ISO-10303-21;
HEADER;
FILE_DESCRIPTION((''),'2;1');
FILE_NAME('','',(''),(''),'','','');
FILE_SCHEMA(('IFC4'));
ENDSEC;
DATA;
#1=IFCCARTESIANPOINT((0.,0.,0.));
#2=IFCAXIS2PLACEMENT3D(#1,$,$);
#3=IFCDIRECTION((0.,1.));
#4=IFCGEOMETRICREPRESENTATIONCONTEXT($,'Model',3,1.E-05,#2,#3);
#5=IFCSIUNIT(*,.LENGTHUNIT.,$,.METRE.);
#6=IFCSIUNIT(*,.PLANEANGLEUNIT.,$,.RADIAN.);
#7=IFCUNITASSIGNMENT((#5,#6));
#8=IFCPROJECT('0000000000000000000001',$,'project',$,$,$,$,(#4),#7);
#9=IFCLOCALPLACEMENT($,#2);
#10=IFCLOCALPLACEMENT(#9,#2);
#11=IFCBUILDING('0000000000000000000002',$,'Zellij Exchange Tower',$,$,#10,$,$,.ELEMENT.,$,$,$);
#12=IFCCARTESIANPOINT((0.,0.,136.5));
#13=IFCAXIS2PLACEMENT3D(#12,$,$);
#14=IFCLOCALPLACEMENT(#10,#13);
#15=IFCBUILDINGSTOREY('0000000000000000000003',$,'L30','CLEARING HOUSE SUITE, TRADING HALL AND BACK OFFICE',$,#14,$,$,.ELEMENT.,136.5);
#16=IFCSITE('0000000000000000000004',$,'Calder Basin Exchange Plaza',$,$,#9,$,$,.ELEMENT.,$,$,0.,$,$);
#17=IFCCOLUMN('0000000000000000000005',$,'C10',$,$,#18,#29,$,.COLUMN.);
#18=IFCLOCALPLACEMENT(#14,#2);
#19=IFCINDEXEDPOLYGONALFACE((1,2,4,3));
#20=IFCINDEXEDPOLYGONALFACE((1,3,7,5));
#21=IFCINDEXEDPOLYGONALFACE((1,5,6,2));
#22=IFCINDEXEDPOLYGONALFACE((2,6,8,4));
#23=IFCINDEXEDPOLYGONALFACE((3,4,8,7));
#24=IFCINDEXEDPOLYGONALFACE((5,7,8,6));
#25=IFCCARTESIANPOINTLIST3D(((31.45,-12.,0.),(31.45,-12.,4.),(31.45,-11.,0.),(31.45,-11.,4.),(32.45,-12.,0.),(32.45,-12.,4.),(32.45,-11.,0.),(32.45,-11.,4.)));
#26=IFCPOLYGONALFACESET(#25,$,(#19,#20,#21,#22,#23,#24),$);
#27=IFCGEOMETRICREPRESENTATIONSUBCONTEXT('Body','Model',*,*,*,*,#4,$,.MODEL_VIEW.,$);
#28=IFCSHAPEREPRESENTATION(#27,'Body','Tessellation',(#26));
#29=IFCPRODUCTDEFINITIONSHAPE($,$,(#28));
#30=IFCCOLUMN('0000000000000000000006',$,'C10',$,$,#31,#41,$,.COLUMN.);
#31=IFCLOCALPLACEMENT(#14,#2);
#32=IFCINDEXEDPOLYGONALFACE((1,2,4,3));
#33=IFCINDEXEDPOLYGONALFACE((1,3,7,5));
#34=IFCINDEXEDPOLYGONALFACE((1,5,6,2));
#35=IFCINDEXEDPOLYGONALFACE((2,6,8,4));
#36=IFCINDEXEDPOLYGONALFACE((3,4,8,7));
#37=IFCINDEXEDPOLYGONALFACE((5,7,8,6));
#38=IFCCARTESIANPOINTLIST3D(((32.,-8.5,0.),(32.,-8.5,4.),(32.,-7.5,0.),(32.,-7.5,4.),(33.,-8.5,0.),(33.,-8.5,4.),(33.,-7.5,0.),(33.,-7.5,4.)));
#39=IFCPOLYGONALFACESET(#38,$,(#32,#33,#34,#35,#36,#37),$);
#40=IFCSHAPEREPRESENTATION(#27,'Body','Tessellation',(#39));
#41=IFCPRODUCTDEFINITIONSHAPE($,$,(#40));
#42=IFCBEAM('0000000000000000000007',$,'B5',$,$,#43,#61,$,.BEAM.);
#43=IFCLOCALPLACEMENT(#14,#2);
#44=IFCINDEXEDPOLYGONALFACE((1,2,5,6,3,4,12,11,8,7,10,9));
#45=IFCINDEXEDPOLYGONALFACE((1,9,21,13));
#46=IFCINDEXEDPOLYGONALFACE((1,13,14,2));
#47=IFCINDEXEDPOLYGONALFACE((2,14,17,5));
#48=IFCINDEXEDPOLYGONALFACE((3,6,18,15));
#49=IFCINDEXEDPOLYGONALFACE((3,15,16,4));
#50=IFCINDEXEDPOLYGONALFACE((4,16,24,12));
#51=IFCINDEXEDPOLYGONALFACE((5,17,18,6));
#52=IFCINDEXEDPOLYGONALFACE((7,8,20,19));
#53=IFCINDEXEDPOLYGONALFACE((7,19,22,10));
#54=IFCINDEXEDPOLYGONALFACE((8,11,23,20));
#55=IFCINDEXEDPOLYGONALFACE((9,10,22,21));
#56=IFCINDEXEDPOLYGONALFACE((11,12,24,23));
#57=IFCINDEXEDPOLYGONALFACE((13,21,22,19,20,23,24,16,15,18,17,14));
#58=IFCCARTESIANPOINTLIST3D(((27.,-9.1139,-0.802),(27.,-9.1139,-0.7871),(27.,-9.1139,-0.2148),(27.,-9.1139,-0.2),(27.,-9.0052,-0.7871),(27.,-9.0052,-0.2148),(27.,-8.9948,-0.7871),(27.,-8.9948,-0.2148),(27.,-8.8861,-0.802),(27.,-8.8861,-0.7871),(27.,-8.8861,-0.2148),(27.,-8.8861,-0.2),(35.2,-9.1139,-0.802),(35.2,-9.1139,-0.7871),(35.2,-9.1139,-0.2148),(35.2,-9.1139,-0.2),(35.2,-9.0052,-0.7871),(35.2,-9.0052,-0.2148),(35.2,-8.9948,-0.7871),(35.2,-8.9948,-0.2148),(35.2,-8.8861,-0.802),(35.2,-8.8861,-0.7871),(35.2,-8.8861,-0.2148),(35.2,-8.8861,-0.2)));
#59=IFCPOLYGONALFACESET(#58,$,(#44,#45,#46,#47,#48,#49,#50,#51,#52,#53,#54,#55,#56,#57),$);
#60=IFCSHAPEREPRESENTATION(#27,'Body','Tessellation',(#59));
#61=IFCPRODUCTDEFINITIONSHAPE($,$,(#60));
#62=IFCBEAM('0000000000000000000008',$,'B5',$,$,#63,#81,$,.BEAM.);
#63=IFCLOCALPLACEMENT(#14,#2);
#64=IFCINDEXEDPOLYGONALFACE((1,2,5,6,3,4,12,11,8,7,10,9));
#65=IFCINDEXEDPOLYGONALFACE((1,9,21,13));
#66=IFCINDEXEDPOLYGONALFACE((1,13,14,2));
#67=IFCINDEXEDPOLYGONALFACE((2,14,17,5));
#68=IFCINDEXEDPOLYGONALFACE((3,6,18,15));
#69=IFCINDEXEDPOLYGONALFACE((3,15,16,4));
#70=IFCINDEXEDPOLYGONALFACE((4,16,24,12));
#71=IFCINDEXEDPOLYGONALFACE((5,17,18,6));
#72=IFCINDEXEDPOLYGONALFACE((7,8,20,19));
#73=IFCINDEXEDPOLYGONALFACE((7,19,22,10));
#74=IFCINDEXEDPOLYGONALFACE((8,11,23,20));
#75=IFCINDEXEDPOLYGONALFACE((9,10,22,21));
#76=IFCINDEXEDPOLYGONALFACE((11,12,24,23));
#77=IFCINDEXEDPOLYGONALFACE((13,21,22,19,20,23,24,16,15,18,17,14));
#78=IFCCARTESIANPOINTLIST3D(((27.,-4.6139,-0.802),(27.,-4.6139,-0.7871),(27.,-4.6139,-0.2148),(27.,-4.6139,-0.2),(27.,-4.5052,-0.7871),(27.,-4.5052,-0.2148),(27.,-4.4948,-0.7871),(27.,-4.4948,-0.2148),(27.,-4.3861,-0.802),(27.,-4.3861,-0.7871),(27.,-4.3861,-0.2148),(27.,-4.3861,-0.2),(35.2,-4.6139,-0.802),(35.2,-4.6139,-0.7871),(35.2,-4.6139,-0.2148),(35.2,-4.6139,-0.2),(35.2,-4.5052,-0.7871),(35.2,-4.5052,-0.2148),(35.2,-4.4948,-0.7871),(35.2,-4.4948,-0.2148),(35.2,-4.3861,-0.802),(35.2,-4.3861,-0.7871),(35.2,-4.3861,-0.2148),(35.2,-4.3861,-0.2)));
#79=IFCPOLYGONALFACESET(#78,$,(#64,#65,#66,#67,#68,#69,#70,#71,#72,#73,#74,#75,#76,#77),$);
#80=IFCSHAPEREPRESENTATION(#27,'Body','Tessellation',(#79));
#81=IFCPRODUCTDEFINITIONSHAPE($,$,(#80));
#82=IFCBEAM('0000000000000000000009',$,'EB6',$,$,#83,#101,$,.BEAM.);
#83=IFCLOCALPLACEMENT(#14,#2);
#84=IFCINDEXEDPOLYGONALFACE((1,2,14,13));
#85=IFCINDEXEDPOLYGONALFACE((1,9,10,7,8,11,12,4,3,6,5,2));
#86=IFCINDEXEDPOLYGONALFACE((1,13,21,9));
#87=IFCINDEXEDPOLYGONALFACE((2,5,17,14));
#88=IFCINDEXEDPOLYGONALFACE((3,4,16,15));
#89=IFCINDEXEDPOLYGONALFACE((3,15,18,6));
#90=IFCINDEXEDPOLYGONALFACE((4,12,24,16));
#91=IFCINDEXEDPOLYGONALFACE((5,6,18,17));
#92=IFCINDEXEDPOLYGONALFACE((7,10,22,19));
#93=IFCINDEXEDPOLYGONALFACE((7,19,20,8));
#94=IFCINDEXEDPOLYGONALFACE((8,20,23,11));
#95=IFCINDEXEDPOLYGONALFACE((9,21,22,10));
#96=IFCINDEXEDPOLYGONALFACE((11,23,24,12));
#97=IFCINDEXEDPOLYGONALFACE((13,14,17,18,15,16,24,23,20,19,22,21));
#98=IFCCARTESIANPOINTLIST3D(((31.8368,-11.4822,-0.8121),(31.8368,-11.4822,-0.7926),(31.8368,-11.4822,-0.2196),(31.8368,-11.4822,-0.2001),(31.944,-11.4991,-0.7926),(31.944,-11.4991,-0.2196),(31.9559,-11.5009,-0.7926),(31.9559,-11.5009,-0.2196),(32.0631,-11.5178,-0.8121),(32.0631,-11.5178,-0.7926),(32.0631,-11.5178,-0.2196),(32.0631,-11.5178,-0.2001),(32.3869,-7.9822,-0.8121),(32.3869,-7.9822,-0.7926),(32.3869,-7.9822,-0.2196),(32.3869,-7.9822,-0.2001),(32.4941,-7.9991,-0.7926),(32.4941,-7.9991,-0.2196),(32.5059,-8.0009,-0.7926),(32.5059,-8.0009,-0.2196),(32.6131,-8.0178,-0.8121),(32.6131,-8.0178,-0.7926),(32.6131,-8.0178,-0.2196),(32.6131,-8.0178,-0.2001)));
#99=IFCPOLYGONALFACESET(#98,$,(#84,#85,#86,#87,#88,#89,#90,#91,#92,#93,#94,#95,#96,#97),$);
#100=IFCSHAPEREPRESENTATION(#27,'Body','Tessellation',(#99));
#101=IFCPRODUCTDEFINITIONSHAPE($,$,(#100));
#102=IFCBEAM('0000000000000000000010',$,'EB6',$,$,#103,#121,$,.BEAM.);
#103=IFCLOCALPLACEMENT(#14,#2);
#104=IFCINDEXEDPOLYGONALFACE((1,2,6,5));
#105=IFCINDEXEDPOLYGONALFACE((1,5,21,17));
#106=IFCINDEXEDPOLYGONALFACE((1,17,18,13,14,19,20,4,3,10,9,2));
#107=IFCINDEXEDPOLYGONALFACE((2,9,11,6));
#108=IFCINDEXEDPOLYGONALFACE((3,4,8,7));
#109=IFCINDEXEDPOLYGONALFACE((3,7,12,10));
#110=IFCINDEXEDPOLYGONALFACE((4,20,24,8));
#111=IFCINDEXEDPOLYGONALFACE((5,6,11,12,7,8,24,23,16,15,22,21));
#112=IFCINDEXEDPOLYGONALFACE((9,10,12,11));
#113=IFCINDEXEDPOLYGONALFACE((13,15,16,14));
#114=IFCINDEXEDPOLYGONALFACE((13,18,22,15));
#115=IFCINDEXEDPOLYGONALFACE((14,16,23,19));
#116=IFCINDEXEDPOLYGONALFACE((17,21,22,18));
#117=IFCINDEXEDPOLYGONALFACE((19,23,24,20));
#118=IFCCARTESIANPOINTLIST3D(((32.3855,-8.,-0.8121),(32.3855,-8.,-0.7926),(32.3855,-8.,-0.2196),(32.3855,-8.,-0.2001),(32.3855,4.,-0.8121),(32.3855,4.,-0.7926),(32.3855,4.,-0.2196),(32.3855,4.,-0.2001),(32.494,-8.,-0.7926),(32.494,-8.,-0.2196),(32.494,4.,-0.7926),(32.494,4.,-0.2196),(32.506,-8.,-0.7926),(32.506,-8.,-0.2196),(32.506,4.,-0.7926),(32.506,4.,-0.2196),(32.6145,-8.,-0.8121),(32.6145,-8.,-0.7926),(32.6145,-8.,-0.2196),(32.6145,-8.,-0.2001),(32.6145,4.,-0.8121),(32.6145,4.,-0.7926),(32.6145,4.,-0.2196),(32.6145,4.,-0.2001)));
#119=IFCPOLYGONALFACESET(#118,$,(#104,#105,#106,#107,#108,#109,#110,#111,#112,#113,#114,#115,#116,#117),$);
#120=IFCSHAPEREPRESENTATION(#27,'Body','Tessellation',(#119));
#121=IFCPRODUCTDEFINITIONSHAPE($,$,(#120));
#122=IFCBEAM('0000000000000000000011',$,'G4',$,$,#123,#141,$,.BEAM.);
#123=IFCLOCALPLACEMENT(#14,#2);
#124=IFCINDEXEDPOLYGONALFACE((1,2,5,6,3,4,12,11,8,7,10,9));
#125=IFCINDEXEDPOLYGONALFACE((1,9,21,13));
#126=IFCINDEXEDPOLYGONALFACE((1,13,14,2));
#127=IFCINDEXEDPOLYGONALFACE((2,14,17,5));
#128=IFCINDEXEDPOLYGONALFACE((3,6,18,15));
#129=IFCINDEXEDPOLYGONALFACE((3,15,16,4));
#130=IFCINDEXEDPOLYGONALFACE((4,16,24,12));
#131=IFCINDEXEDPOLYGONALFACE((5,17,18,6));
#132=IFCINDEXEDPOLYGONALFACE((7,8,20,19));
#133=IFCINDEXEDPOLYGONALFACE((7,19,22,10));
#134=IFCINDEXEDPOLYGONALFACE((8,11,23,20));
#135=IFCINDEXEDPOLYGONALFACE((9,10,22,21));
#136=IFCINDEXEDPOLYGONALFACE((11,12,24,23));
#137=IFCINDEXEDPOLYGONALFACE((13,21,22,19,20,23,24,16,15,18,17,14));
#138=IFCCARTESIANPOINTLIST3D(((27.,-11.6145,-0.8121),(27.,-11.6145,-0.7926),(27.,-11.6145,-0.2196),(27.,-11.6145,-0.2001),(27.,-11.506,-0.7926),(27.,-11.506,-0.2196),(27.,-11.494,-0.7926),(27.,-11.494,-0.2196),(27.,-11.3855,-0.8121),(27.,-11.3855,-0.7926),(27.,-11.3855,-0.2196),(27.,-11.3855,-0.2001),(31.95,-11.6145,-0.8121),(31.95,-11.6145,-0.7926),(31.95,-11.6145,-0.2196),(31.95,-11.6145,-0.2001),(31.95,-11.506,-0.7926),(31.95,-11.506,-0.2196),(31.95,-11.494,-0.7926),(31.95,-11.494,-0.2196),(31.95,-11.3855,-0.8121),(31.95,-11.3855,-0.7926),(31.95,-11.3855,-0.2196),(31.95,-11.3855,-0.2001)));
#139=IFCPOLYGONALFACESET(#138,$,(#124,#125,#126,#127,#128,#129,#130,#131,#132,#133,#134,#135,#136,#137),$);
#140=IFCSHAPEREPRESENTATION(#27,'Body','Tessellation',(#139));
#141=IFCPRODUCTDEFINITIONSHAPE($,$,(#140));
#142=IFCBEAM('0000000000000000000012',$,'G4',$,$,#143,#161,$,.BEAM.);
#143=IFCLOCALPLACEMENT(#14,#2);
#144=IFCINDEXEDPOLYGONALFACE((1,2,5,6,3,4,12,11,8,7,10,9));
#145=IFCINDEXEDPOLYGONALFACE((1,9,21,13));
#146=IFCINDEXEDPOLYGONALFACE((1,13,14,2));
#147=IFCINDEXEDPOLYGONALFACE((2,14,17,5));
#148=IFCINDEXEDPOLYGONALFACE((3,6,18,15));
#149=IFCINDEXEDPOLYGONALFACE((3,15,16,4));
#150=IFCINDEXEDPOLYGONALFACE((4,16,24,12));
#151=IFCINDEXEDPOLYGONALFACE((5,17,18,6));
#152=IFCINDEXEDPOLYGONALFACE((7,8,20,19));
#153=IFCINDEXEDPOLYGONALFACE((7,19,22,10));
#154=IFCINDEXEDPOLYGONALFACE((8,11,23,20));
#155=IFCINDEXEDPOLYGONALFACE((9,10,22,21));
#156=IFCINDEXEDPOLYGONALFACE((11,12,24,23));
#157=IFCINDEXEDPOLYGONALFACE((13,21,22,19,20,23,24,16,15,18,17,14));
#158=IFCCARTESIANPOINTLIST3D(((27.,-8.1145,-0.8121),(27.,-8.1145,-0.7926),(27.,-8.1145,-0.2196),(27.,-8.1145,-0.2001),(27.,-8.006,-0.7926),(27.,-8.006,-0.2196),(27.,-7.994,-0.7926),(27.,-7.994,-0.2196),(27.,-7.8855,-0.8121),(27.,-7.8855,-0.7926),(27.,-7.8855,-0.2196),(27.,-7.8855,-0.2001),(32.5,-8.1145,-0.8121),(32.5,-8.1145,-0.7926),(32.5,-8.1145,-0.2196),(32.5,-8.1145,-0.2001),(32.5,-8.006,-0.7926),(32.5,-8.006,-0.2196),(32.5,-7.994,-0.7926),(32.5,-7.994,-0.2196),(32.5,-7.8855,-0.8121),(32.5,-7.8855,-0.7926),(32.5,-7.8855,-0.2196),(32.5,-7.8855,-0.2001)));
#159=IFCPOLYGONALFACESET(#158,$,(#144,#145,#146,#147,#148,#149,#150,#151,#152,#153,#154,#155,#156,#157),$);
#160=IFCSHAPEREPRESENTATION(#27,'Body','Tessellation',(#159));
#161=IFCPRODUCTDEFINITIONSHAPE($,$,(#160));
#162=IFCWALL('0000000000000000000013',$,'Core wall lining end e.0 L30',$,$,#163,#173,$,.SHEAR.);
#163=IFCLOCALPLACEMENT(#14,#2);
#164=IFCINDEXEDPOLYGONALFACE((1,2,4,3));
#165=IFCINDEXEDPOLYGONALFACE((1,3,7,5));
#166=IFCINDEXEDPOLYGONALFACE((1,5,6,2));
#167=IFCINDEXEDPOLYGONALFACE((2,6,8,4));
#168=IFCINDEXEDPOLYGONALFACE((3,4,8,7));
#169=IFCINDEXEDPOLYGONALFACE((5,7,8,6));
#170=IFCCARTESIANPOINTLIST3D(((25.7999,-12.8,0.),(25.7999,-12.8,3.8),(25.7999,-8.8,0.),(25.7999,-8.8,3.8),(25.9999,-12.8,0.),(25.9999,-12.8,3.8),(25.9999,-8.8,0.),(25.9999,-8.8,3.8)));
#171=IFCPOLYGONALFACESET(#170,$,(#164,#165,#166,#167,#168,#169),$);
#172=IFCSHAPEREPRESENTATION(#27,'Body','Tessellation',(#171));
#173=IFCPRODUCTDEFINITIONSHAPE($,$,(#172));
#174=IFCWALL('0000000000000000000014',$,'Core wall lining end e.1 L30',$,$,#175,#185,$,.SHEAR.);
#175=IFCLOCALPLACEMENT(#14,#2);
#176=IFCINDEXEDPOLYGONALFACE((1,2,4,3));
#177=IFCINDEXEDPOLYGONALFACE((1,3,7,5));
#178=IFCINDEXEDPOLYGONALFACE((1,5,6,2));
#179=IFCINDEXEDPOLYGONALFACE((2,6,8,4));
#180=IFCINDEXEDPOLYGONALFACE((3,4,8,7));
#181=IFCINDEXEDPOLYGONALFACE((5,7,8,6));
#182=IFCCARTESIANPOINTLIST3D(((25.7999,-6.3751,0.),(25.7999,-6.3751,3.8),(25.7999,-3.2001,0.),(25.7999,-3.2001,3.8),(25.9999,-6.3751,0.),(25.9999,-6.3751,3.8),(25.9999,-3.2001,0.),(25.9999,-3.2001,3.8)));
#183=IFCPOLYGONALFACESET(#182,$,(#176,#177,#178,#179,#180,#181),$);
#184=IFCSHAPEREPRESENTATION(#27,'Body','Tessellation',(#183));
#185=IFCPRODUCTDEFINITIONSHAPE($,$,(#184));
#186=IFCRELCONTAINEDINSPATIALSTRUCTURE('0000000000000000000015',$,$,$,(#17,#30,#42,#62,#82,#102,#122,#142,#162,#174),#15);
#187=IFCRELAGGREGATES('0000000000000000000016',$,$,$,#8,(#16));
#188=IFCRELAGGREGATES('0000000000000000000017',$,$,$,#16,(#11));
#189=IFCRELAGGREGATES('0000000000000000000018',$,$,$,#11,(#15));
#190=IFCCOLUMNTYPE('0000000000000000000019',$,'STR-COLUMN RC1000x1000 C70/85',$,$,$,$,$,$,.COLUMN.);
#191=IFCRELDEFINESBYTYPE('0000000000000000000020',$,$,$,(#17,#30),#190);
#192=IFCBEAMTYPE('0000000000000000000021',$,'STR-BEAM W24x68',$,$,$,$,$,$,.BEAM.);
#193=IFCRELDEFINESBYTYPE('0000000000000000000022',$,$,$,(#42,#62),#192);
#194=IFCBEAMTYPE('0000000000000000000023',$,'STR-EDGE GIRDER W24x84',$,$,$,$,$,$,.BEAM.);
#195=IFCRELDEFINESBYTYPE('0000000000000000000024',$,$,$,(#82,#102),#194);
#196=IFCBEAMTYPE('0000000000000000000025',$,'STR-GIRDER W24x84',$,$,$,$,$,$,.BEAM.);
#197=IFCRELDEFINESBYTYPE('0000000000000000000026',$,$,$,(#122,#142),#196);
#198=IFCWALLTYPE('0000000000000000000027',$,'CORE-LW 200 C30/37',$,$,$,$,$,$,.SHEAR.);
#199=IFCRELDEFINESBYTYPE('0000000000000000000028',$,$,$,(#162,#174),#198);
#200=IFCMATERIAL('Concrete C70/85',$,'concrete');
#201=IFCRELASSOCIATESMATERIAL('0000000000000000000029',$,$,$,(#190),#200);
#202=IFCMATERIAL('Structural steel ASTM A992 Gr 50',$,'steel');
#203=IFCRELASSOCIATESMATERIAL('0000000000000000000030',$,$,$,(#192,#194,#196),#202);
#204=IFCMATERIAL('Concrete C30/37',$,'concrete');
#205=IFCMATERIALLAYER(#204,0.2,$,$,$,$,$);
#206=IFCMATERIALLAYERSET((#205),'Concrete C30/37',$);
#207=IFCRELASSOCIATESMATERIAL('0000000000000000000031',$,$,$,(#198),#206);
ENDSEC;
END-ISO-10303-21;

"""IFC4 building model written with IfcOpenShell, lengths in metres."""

from ifc_helpers import new_model, si_unit, direction, frame, frame_2d, origin, origin_2d, place, context, subcontext, project, spatial, rectangle, i_section, extrude, material, layer, layer_set, material_profile, profile_set, type_object, element, save


model = new_model("IFC4")

# Units and contexts
model_context = context("Model", 3, precision=1e-05, world=origin(), true_north=direction((0.0, 1.0)))
body_context = subcontext(model_context, "Body", "Model", "MODEL_VIEW")
ifc_project = project(units=[si_unit("LENGTHUNIT", "METRE"), si_unit("PLANEANGLEUNIT", "RADIAN")], contexts=[model_context])

# Site, building, storey
site_placement = place(None, origin())
site = spatial("IfcSite", under=ifc_project, at=site_placement, Name="Calder Basin Exchange Plaza", CompositionType="ELEMENT", RefElevation=0.0)
building_placement = place(site_placement, origin())
building = spatial("IfcBuilding", under=site, at=building_placement, Name="Zellij Exchange Tower", CompositionType="ELEMENT")
storey_placement = place(building_placement, frame((0.0, 0.0, 136.5)))
storey = spatial("IfcBuildingStorey", under=building, at=storey_placement, Name="L30", Description="CLEARING HOUSE SUITE, TRADING HALL AND BACK OFFICE", CompositionType="ELEMENT", Elevation=136.5)

# Columns
ifc_material_1 = material(Name="Concrete C70/85", Category="concrete")
ifc_material_profile_1 = material_profile(ifc_material_1, rectangle(XDim=1.0, YDim=1.0, at=origin_2d()), Name="STR-COLUMN RC1000x1000 C70/85")
ifc_profile_set_1 = profile_set([ifc_material_profile_1], Name="Concrete C70/85")
column_type = type_object("IfcColumnType", Name="STR-COLUMN RC1000x1000 C70/85", PredefinedType="COLUMN", material=ifc_profile_set_1)
for number, where, z_axis, x_axis, name in (
    (1, (31.95, -11.5, 0.0), (0.0, 0.0, 1.0), (1.0, 0.0, 0.0), "C10"),
    (2, (32.5, -8.0, 0.0), (0.0, 0.0, 1.0), (1.0, 0.0, 0.0), "C10"),
):
    element("IfcColumn", number, at=place(storey_placement, frame(where, z_axis=z_axis, x_axis=x_axis)), inside=storey, type_object=column_type, Name=name, PredefinedType="COLUMN", context=body_context, shape_type="SweptSolid", body=[
        extrude(rectangle(XDim=1.0, YDim=1.0, at=origin_2d()), origin(), (0.0, 0.0, 1.0), 4.0),
    ])

# Beams
ifc_material_2 = material(Name="Structural steel ASTM A992 Gr 50", Category="steel")
ifc_material_profile_2 = material_profile(ifc_material_2, i_section(OverallWidth=0.2278, OverallDepth=0.6021, WebThickness=0.0105, FlangeThickness=0.0149, at=origin_2d()), Name="W24x68")
ifc_profile_set_2 = profile_set([ifc_material_profile_2], Name="Structural steel ASTM A992 Gr 50")
beam_type_1 = type_object("IfcBeamType", Name="STR-BEAM W24x68", PredefinedType="BEAM", material=ifc_profile_set_2)
for number, where, z_axis, x_axis, name in (
    (3, (27.0, -9.0, -0.501), (1.0, 0.0, 0.0), (0.0, 1.0, 0.0), "B5"),
    (4, (27.0, -4.5, -0.501), (1.0, 0.0, 0.0), (0.0, 1.0, 0.0), "B5"),
):
    element("IfcBeam", number, at=place(storey_placement, frame(where, z_axis=z_axis, x_axis=x_axis)), inside=storey, type_object=beam_type_1, Name=name, PredefinedType="BEAM", context=body_context, shape_type="SweptSolid", body=[
        extrude(i_section(OverallWidth=0.2278, OverallDepth=0.6021, WebThickness=0.0105, FlangeThickness=0.0149, at=origin_2d()), origin(), (0.0, 0.0, 1.0), 8.2),
    ])
ifc_material_profile_3 = material_profile(ifc_material_2, i_section(OverallWidth=0.229, OverallDepth=0.6121, WebThickness=0.012, FlangeThickness=0.0195, at=origin_2d()), Name="W24x84")
ifc_profile_set_3 = profile_set([ifc_material_profile_3], Name="Structural steel ASTM A992 Gr 50")
beam_type_2 = type_object("IfcBeamType", Name="STR-EDGE GIRDER W24x84", PredefinedType="BEAM", material=ifc_profile_set_3)
beam_1_placement = place(storey_placement, frame((31.95, -11.5, -0.5061), z_axis=(0.155251, 0.987875, 0.0), x_axis=(-0.987875, 0.155251, 0.0)))
element("IfcBeam", 5, at=beam_1_placement, inside=storey, type_object=beam_type_2, Name="EB6", PredefinedType="BEAM", context=body_context, shape_type="SweptSolid", body=[
    extrude(i_section(OverallWidth=0.229, OverallDepth=0.6121, WebThickness=0.012, FlangeThickness=0.0195, at=origin_2d()), origin(), (0.0, 0.0, 1.0), 3.543),
])
beam_2_placement = place(storey_placement, frame((32.5, -8.0, -0.5061), z_axis=(0.0, 1.0, 0.0), x_axis=(-1.0, 0.0, 0.0)))
element("IfcBeam", 6, at=beam_2_placement, inside=storey, type_object=beam_type_2, Name="EB6", PredefinedType="BEAM", context=body_context, shape_type="SweptSolid", body=[
    extrude(i_section(OverallWidth=0.229, OverallDepth=0.6121, WebThickness=0.012, FlangeThickness=0.0195, at=origin_2d()), origin(), (0.0, 0.0, 1.0), 12.0),
])
ifc_material_profile_4 = material_profile(ifc_material_2, i_section(OverallWidth=0.229, OverallDepth=0.6121, WebThickness=0.012, FlangeThickness=0.0195, at=origin_2d()), Name="W24x84")
ifc_profile_set_4 = profile_set([ifc_material_profile_4], Name="Structural steel ASTM A992 Gr 50")
beam_type_3 = type_object("IfcBeamType", Name="STR-GIRDER W24x84", PredefinedType="BEAM", material=ifc_profile_set_4)
beam_3_placement = place(storey_placement, frame((27.0, -11.5, -0.5061), z_axis=(1.0, 0.0, 0.0), x_axis=(0.0, 1.0, 0.0)))
element("IfcBeam", 7, at=beam_3_placement, inside=storey, type_object=beam_type_3, Name="G4", PredefinedType="BEAM", context=body_context, shape_type="SweptSolid", body=[
    extrude(i_section(OverallWidth=0.229, OverallDepth=0.6121, WebThickness=0.012, FlangeThickness=0.0195, at=origin_2d()), origin(), (0.0, 0.0, 1.0), 4.95),
])
beam_4_placement = place(storey_placement, frame((27.0, -8.0, -0.5061), z_axis=(1.0, 0.0, 0.0), x_axis=(0.0, 1.0, 0.0)))
element("IfcBeam", 8, at=beam_4_placement, inside=storey, type_object=beam_type_3, Name="G4", PredefinedType="BEAM", context=body_context, shape_type="SweptSolid", body=[
    extrude(i_section(OverallWidth=0.229, OverallDepth=0.6121, WebThickness=0.012, FlangeThickness=0.0195, at=origin_2d()), origin(), (0.0, 0.0, 1.0), 5.5),
])

# Walls
ifc_material_3 = material(Name="Concrete C30/37", Category="concrete")
ifc_layer_1 = layer(ifc_material_3, 0.2)
ifc_layer_set_1 = layer_set([ifc_layer_1], Name="Concrete C30/37")
wall_type_1 = type_object("IfcWallType", Name="CORE-LW 200 C30/37", PredefinedType="SHEAR", material=ifc_layer_set_1)
wall_1_placement = place(storey_placement, frame((25.8999, -12.8, 0.0), z_axis=(0.0, 0.0, 1.0), x_axis=(0.0, 1.0, 0.0)))
element("IfcWall", 9, at=wall_1_placement, inside=storey, type_object=wall_type_1, Name="Core wall lining end e.0 L30", PredefinedType="SHEAR", context=body_context, shape_type="SweptSolid", body=[
    extrude(rectangle(XDim=4.0, YDim=0.2, at=frame_2d((2.0, 0.0))), origin(), (0.0, 0.0, 1.0), 3.8),
])
wall_2_placement = place(storey_placement, frame((25.8999, -6.375, 0.0), z_axis=(0.0, 0.0, 1.0), x_axis=(0.0, 1.0, 0.0)))
element("IfcWall", 10, at=wall_2_placement, inside=storey, type_object=wall_type_1, Name="Core wall lining end e.1 L30", PredefinedType="SHEAR", context=body_context, shape_type="SweptSolid", body=[
    extrude(rectangle(XDim=3.175, YDim=0.2, at=frame_2d((1.5874, 0.0))), origin(), (0.0, 0.0, 1.0), 3.8),
])

save(model, "model.ifc")
